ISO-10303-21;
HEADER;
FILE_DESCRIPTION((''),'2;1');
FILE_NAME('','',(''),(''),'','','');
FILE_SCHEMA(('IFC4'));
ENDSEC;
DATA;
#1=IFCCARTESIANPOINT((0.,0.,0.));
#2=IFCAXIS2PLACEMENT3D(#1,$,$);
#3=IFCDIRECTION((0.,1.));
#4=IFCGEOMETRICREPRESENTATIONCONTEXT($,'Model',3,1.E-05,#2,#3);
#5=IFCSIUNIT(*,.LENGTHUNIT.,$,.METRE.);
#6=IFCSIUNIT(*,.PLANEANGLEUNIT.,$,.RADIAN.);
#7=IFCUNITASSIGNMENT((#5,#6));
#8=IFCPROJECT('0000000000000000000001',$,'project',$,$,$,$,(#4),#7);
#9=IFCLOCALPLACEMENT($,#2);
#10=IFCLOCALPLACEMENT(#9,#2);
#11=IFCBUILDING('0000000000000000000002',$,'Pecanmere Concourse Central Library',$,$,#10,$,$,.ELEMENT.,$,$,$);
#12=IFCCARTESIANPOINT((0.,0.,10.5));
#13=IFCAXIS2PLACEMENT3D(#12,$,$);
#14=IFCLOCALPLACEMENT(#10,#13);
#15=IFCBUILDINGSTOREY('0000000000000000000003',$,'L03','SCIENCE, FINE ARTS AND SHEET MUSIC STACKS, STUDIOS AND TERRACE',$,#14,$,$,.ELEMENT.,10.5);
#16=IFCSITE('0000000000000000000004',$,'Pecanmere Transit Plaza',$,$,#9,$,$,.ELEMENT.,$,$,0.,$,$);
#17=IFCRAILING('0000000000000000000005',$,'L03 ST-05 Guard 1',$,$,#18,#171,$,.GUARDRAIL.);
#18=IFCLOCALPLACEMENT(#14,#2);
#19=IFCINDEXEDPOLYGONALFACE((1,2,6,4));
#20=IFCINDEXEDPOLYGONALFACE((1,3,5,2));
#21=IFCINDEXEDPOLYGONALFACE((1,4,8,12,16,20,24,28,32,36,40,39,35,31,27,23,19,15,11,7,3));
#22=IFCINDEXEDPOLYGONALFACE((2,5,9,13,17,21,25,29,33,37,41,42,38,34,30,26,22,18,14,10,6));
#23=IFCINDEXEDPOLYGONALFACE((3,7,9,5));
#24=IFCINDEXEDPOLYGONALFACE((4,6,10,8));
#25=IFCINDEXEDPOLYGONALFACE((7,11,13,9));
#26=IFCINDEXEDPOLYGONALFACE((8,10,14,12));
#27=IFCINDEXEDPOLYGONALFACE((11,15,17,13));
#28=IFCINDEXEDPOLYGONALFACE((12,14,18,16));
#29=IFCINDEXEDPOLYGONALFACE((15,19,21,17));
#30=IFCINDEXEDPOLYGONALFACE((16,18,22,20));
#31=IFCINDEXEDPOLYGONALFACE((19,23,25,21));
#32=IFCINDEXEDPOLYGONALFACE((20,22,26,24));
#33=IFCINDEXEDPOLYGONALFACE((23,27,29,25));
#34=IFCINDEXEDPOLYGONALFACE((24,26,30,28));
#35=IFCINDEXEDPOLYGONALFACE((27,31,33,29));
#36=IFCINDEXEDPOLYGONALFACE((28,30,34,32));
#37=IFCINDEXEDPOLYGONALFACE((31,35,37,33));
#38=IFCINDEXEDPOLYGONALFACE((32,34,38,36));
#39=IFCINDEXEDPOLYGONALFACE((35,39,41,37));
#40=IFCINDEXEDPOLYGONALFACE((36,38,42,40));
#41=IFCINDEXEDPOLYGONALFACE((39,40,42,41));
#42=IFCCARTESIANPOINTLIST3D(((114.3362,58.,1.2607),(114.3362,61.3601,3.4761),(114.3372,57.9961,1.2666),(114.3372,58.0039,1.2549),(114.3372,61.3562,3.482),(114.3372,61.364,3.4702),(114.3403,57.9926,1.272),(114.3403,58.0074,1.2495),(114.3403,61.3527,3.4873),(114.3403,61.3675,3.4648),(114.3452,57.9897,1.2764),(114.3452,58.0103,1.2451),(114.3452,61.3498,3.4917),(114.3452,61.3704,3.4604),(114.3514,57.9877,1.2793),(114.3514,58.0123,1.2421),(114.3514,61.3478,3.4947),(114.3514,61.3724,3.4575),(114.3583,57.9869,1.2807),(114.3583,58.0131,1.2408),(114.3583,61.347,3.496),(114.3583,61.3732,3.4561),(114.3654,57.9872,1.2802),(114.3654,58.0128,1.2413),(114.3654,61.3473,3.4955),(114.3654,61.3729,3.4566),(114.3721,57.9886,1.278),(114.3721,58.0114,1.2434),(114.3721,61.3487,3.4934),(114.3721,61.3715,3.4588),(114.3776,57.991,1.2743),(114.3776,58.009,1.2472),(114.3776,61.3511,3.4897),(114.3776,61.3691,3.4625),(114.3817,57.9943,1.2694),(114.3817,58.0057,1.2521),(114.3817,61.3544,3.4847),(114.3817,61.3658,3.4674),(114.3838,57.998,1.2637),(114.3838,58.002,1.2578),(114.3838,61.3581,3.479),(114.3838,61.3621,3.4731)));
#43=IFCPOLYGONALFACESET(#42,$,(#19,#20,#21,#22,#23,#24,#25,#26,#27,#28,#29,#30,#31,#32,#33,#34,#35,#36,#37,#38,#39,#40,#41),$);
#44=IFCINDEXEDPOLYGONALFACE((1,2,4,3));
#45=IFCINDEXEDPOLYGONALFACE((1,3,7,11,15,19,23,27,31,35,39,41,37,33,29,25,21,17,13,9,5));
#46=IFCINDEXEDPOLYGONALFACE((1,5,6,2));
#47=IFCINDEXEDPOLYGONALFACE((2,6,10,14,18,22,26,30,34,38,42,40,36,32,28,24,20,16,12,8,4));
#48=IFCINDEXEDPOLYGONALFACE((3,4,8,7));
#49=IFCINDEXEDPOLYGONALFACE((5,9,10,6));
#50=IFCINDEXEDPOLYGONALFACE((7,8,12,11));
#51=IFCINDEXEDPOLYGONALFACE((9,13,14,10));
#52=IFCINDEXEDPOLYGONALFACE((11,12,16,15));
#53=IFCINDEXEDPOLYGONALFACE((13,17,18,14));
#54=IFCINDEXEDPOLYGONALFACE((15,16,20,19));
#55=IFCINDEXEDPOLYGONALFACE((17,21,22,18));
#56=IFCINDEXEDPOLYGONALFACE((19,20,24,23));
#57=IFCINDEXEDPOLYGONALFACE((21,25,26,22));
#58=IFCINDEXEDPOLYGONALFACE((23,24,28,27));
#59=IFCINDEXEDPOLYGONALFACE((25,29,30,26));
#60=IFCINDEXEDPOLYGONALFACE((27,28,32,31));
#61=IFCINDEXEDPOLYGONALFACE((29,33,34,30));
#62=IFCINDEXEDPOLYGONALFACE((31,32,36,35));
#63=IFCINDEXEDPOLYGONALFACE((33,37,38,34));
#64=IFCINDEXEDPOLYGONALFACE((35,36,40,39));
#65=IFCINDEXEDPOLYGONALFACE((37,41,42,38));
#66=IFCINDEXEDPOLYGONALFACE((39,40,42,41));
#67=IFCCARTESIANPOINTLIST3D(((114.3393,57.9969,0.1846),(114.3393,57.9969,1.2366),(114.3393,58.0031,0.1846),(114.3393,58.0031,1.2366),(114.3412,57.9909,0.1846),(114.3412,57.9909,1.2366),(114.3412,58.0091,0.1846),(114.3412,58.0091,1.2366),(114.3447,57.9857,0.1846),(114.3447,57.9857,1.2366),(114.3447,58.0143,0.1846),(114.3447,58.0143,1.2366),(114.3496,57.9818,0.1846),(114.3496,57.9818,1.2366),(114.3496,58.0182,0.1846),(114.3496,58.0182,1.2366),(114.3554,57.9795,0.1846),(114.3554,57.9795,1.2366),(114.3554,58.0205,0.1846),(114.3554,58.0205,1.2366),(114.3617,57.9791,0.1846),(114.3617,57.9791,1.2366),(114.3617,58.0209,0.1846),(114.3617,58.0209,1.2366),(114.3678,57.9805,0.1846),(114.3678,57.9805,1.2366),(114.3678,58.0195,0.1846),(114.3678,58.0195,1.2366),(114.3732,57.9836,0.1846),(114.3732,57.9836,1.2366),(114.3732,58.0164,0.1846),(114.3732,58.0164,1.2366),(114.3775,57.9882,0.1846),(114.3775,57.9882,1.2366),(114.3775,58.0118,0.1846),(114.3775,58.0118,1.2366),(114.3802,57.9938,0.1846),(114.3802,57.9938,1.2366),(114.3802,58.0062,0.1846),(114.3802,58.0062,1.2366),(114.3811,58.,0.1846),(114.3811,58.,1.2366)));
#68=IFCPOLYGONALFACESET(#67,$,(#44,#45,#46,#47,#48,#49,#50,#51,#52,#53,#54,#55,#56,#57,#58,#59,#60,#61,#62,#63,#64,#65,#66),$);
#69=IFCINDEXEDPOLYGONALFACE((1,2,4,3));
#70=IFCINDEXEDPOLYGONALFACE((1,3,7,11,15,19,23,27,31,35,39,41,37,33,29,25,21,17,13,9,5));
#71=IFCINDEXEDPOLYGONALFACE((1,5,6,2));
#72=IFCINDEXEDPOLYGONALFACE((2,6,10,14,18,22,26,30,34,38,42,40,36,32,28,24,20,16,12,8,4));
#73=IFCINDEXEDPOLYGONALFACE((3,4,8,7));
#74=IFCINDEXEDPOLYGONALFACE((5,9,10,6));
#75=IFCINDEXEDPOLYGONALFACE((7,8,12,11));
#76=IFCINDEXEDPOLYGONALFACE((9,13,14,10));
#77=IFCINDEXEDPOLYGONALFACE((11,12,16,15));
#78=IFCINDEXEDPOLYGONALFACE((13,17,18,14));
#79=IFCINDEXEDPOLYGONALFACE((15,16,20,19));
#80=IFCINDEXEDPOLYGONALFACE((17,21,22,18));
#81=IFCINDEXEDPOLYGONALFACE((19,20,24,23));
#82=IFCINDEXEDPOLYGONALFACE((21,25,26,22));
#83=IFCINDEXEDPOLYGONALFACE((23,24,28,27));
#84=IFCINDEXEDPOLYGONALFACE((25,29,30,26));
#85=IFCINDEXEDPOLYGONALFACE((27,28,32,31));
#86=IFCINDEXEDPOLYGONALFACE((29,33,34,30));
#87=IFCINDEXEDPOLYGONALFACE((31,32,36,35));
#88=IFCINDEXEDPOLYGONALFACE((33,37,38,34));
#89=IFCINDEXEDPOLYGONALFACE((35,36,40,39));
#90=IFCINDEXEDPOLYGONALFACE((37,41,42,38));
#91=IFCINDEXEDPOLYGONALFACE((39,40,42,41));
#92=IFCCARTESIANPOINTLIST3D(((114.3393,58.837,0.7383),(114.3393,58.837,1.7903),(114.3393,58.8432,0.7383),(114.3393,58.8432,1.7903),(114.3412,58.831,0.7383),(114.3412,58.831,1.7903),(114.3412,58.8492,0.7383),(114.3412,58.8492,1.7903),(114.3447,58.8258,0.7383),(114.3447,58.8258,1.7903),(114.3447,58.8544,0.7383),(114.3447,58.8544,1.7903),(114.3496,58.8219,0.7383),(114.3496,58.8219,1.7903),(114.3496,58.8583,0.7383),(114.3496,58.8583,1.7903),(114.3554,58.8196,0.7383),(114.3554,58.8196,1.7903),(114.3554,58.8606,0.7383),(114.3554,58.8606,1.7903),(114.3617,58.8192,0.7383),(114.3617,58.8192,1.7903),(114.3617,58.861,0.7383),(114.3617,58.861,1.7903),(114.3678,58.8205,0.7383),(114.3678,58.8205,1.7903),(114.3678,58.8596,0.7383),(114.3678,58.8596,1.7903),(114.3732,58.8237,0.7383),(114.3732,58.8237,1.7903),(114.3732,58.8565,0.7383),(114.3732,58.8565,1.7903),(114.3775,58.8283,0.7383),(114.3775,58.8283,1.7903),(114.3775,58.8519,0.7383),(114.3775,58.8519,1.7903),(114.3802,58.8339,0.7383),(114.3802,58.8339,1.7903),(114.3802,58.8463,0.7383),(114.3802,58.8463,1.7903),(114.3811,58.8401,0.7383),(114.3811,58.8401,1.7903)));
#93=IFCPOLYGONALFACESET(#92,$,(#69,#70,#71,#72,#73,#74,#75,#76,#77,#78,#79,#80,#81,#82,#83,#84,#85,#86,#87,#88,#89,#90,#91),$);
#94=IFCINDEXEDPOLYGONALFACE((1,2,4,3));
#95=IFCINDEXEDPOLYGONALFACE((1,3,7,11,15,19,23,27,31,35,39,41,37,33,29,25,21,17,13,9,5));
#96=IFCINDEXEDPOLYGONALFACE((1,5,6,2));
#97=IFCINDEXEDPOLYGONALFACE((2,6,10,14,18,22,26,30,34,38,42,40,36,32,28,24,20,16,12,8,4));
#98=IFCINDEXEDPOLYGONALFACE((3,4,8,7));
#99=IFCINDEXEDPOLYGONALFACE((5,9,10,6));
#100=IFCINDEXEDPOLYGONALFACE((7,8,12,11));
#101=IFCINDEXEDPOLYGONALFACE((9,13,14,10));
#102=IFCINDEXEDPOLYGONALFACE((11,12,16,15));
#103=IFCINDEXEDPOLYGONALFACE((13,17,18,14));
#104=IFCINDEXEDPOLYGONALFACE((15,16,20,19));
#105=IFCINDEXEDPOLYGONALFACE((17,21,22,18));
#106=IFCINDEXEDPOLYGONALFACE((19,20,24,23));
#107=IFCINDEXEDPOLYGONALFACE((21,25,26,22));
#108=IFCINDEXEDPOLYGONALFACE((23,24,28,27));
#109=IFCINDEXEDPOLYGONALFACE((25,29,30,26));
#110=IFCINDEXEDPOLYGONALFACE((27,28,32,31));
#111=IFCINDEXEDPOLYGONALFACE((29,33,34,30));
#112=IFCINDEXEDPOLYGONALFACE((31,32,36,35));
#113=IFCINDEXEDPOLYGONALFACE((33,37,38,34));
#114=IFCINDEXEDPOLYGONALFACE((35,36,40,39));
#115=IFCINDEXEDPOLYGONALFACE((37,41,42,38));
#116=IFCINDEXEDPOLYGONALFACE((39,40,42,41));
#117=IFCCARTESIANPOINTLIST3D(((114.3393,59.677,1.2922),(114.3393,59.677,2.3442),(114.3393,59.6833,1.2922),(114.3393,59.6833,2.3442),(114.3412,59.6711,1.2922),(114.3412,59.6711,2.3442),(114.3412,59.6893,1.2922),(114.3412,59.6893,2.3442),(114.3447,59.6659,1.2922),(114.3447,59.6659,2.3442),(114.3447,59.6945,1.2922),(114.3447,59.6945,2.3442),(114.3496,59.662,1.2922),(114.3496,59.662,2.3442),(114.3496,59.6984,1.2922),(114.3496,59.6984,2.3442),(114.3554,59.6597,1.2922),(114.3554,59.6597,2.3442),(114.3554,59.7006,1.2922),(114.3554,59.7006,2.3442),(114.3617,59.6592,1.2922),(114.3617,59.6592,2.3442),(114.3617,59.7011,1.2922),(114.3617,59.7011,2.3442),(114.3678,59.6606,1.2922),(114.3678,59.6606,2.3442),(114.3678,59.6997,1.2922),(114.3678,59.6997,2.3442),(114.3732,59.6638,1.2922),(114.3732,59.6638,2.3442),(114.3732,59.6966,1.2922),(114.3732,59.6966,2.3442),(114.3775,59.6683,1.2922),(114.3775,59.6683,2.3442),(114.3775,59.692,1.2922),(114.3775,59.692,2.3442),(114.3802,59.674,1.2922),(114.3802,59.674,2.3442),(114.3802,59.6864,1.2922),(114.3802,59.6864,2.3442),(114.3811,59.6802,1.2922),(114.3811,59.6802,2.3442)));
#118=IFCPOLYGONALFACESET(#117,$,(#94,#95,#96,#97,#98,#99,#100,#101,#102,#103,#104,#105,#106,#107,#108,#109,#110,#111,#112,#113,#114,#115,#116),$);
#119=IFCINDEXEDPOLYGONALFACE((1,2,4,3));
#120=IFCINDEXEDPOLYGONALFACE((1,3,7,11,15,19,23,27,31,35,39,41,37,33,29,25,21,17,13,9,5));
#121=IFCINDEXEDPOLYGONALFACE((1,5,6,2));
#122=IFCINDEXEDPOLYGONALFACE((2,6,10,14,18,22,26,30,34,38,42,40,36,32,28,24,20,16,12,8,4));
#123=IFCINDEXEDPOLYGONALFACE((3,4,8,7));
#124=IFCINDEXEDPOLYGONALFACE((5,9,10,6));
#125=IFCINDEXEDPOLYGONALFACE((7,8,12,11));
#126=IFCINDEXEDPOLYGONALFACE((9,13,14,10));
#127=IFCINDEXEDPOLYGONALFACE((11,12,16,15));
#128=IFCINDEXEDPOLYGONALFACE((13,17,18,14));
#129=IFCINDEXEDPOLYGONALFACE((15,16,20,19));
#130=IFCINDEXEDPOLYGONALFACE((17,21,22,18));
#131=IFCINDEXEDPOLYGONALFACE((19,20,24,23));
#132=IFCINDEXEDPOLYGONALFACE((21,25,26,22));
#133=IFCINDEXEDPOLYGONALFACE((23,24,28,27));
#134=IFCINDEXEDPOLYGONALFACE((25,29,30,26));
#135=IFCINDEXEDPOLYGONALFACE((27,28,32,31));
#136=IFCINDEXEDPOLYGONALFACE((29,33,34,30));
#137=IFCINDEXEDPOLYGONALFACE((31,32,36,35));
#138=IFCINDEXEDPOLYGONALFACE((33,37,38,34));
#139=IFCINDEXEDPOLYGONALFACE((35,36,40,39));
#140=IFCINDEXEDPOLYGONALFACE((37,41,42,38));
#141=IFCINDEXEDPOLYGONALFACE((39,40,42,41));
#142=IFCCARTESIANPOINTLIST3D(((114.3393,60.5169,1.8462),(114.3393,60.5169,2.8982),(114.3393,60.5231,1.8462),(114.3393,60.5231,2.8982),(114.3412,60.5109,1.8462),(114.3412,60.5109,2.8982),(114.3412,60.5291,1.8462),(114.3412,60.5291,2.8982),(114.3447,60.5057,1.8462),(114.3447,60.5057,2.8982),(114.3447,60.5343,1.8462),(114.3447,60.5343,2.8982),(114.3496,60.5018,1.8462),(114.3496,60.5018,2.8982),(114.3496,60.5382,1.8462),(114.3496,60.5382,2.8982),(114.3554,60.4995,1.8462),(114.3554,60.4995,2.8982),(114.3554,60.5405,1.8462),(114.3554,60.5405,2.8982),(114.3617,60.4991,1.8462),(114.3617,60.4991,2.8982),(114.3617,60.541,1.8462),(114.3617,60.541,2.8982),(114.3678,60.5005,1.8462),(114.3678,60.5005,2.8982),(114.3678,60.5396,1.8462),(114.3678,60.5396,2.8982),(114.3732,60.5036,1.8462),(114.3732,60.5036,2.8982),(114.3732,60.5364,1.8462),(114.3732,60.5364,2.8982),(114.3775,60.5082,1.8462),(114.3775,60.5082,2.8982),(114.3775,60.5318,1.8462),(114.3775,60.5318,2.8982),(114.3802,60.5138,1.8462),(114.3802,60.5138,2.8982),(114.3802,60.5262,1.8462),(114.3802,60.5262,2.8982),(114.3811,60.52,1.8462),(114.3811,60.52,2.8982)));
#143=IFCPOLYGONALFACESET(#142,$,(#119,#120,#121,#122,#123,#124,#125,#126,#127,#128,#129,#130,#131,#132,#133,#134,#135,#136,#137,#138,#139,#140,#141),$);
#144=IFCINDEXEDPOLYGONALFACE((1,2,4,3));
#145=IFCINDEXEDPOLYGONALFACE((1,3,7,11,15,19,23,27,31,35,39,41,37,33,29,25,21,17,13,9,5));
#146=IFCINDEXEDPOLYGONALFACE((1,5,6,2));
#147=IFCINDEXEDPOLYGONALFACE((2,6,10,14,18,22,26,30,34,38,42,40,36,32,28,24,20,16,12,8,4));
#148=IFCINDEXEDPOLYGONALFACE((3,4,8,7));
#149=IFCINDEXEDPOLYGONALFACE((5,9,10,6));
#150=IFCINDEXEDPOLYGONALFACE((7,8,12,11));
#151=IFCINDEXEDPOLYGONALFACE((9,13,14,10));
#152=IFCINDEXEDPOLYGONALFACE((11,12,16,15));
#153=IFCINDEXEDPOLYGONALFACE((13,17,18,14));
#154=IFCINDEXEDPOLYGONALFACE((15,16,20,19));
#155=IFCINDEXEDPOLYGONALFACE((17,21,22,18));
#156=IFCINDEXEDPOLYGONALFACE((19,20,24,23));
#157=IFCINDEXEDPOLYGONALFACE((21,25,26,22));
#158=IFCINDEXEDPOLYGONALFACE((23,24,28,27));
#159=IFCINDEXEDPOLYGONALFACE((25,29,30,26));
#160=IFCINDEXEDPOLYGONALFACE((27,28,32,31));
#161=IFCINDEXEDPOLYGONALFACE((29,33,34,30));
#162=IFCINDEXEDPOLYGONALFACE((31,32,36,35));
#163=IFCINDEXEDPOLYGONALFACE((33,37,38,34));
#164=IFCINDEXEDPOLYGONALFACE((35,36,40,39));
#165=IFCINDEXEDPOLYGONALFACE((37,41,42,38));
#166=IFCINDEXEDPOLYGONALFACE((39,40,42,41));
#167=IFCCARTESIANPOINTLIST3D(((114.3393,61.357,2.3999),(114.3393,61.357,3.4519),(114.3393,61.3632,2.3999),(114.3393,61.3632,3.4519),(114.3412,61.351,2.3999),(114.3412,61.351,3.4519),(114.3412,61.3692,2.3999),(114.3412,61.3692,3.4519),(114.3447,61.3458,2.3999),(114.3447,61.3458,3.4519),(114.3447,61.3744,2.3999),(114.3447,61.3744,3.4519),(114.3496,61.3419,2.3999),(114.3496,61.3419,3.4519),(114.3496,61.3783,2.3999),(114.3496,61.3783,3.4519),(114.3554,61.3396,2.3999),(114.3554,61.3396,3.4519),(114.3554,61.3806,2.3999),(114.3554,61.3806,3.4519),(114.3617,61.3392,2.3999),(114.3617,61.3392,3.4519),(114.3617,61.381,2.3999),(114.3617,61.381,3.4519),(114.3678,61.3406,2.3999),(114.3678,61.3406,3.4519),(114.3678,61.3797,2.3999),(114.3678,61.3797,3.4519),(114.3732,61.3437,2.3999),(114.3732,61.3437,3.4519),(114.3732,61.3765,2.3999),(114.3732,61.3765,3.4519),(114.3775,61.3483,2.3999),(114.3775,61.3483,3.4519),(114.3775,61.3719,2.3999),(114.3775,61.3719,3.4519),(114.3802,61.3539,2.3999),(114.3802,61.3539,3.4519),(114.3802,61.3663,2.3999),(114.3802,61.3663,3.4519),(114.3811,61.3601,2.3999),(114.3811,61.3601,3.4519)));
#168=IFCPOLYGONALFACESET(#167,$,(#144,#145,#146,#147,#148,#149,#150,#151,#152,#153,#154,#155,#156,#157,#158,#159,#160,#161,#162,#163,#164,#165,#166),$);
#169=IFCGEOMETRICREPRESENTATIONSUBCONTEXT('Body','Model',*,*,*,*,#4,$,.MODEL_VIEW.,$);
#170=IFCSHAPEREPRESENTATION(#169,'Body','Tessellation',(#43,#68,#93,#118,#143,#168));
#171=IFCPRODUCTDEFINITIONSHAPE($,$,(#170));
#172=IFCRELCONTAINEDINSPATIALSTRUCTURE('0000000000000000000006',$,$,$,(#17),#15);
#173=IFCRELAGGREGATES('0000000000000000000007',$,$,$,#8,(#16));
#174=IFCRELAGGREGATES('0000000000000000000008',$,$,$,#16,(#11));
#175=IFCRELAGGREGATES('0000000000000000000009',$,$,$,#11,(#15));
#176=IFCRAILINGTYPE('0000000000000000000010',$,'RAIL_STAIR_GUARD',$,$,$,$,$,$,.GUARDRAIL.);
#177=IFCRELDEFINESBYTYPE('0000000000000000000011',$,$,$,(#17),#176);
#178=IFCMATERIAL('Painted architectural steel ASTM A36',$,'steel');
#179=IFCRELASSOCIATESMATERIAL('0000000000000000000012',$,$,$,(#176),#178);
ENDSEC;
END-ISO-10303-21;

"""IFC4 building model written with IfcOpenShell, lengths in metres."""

from ifc_helpers import new_model, si_unit, direction, frame, origin, origin_2d, place, context, subcontext, project, spatial, circle, extrude, material, type_object, element, save


model = new_model("IFC4")

# Units and contexts
model_context = context("Model", 3, precision=1e-05, world=origin(), true_north=direction((0.0, 1.0)))
body_context = subcontext(model_context, "Body", "Model", "MODEL_VIEW")
ifc_project = project(units=[si_unit("LENGTHUNIT", "METRE"), si_unit("PLANEANGLEUNIT", "RADIAN")], contexts=[model_context])

# Site, building, storey
site_placement = place(None, origin())
site = spatial("IfcSite", under=ifc_project, at=site_placement, Name="Pecanmere Transit Plaza", CompositionType="ELEMENT", RefElevation=0.0)
building_placement = place(site_placement, origin())
building = spatial("IfcBuilding", under=site, at=building_placement, Name="Pecanmere Concourse Central Library", CompositionType="ELEMENT")
storey_placement = place(building_placement, frame((0.0, 0.0, 10.5)))
storey = spatial("IfcBuildingStorey", under=building, at=storey_placement, Name="L03", Description="SCIENCE, FINE ARTS AND SHEET MUSIC STACKS, STUDIOS AND TERRACE", CompositionType="ELEMENT", Elevation=10.5)

# Railing
ifc_material_1 = material(Name="Painted architectural steel ASTM A36", Category="steel")
railing_type_1 = type_object("IfcRailingType", Name="RAIL_STAIR_GUARD", PredefinedType="GUARDRAIL", material=ifc_material_1)
railing_1_placement = place(storey_placement, frame((114.3601, 58.0, 0.1846)))
element("IfcRailing", 1, at=railing_1_placement, inside=storey, type_object=railing_type_1, Name="L03 ST-05 Guard 1", PredefinedType="GUARDRAIL", context=body_context, shape_type="SweptSolid", body=[
    extrude(circle(Radius=0.0239, at=origin_2d()), frame((0.0, 0.0, 1.0762), z_axis=(0.0, 0.834876, 0.550437), x_axis=(-1.0, 0.0, 0.0)), (0.0, 0.0, 1.0), 4.0247),
    extrude(circle(Radius=0.021, at=origin_2d()), origin(), (0.0, 0.0, 1.0), 1.052),
    extrude(circle(Radius=0.021, at=origin_2d()), frame((0.0, 0.8401, 0.5537)), (0.0, 0.0, 1.0), 1.052),
    extrude(circle(Radius=0.021, at=origin_2d()), frame((0.0, 1.6802, 1.1077)), (0.0, 0.0, 1.0), 1.052),
    extrude(circle(Radius=0.021, at=origin_2d()), frame((0.0, 2.52, 1.6616)), (0.0, 0.0, 1.0), 1.052),
    extrude(circle(Radius=0.021, at=origin_2d()), frame((0.0, 3.3601, 2.2153)), (0.0, 0.0, 1.0), 1.052),
])

save(model, "model.ifc")
